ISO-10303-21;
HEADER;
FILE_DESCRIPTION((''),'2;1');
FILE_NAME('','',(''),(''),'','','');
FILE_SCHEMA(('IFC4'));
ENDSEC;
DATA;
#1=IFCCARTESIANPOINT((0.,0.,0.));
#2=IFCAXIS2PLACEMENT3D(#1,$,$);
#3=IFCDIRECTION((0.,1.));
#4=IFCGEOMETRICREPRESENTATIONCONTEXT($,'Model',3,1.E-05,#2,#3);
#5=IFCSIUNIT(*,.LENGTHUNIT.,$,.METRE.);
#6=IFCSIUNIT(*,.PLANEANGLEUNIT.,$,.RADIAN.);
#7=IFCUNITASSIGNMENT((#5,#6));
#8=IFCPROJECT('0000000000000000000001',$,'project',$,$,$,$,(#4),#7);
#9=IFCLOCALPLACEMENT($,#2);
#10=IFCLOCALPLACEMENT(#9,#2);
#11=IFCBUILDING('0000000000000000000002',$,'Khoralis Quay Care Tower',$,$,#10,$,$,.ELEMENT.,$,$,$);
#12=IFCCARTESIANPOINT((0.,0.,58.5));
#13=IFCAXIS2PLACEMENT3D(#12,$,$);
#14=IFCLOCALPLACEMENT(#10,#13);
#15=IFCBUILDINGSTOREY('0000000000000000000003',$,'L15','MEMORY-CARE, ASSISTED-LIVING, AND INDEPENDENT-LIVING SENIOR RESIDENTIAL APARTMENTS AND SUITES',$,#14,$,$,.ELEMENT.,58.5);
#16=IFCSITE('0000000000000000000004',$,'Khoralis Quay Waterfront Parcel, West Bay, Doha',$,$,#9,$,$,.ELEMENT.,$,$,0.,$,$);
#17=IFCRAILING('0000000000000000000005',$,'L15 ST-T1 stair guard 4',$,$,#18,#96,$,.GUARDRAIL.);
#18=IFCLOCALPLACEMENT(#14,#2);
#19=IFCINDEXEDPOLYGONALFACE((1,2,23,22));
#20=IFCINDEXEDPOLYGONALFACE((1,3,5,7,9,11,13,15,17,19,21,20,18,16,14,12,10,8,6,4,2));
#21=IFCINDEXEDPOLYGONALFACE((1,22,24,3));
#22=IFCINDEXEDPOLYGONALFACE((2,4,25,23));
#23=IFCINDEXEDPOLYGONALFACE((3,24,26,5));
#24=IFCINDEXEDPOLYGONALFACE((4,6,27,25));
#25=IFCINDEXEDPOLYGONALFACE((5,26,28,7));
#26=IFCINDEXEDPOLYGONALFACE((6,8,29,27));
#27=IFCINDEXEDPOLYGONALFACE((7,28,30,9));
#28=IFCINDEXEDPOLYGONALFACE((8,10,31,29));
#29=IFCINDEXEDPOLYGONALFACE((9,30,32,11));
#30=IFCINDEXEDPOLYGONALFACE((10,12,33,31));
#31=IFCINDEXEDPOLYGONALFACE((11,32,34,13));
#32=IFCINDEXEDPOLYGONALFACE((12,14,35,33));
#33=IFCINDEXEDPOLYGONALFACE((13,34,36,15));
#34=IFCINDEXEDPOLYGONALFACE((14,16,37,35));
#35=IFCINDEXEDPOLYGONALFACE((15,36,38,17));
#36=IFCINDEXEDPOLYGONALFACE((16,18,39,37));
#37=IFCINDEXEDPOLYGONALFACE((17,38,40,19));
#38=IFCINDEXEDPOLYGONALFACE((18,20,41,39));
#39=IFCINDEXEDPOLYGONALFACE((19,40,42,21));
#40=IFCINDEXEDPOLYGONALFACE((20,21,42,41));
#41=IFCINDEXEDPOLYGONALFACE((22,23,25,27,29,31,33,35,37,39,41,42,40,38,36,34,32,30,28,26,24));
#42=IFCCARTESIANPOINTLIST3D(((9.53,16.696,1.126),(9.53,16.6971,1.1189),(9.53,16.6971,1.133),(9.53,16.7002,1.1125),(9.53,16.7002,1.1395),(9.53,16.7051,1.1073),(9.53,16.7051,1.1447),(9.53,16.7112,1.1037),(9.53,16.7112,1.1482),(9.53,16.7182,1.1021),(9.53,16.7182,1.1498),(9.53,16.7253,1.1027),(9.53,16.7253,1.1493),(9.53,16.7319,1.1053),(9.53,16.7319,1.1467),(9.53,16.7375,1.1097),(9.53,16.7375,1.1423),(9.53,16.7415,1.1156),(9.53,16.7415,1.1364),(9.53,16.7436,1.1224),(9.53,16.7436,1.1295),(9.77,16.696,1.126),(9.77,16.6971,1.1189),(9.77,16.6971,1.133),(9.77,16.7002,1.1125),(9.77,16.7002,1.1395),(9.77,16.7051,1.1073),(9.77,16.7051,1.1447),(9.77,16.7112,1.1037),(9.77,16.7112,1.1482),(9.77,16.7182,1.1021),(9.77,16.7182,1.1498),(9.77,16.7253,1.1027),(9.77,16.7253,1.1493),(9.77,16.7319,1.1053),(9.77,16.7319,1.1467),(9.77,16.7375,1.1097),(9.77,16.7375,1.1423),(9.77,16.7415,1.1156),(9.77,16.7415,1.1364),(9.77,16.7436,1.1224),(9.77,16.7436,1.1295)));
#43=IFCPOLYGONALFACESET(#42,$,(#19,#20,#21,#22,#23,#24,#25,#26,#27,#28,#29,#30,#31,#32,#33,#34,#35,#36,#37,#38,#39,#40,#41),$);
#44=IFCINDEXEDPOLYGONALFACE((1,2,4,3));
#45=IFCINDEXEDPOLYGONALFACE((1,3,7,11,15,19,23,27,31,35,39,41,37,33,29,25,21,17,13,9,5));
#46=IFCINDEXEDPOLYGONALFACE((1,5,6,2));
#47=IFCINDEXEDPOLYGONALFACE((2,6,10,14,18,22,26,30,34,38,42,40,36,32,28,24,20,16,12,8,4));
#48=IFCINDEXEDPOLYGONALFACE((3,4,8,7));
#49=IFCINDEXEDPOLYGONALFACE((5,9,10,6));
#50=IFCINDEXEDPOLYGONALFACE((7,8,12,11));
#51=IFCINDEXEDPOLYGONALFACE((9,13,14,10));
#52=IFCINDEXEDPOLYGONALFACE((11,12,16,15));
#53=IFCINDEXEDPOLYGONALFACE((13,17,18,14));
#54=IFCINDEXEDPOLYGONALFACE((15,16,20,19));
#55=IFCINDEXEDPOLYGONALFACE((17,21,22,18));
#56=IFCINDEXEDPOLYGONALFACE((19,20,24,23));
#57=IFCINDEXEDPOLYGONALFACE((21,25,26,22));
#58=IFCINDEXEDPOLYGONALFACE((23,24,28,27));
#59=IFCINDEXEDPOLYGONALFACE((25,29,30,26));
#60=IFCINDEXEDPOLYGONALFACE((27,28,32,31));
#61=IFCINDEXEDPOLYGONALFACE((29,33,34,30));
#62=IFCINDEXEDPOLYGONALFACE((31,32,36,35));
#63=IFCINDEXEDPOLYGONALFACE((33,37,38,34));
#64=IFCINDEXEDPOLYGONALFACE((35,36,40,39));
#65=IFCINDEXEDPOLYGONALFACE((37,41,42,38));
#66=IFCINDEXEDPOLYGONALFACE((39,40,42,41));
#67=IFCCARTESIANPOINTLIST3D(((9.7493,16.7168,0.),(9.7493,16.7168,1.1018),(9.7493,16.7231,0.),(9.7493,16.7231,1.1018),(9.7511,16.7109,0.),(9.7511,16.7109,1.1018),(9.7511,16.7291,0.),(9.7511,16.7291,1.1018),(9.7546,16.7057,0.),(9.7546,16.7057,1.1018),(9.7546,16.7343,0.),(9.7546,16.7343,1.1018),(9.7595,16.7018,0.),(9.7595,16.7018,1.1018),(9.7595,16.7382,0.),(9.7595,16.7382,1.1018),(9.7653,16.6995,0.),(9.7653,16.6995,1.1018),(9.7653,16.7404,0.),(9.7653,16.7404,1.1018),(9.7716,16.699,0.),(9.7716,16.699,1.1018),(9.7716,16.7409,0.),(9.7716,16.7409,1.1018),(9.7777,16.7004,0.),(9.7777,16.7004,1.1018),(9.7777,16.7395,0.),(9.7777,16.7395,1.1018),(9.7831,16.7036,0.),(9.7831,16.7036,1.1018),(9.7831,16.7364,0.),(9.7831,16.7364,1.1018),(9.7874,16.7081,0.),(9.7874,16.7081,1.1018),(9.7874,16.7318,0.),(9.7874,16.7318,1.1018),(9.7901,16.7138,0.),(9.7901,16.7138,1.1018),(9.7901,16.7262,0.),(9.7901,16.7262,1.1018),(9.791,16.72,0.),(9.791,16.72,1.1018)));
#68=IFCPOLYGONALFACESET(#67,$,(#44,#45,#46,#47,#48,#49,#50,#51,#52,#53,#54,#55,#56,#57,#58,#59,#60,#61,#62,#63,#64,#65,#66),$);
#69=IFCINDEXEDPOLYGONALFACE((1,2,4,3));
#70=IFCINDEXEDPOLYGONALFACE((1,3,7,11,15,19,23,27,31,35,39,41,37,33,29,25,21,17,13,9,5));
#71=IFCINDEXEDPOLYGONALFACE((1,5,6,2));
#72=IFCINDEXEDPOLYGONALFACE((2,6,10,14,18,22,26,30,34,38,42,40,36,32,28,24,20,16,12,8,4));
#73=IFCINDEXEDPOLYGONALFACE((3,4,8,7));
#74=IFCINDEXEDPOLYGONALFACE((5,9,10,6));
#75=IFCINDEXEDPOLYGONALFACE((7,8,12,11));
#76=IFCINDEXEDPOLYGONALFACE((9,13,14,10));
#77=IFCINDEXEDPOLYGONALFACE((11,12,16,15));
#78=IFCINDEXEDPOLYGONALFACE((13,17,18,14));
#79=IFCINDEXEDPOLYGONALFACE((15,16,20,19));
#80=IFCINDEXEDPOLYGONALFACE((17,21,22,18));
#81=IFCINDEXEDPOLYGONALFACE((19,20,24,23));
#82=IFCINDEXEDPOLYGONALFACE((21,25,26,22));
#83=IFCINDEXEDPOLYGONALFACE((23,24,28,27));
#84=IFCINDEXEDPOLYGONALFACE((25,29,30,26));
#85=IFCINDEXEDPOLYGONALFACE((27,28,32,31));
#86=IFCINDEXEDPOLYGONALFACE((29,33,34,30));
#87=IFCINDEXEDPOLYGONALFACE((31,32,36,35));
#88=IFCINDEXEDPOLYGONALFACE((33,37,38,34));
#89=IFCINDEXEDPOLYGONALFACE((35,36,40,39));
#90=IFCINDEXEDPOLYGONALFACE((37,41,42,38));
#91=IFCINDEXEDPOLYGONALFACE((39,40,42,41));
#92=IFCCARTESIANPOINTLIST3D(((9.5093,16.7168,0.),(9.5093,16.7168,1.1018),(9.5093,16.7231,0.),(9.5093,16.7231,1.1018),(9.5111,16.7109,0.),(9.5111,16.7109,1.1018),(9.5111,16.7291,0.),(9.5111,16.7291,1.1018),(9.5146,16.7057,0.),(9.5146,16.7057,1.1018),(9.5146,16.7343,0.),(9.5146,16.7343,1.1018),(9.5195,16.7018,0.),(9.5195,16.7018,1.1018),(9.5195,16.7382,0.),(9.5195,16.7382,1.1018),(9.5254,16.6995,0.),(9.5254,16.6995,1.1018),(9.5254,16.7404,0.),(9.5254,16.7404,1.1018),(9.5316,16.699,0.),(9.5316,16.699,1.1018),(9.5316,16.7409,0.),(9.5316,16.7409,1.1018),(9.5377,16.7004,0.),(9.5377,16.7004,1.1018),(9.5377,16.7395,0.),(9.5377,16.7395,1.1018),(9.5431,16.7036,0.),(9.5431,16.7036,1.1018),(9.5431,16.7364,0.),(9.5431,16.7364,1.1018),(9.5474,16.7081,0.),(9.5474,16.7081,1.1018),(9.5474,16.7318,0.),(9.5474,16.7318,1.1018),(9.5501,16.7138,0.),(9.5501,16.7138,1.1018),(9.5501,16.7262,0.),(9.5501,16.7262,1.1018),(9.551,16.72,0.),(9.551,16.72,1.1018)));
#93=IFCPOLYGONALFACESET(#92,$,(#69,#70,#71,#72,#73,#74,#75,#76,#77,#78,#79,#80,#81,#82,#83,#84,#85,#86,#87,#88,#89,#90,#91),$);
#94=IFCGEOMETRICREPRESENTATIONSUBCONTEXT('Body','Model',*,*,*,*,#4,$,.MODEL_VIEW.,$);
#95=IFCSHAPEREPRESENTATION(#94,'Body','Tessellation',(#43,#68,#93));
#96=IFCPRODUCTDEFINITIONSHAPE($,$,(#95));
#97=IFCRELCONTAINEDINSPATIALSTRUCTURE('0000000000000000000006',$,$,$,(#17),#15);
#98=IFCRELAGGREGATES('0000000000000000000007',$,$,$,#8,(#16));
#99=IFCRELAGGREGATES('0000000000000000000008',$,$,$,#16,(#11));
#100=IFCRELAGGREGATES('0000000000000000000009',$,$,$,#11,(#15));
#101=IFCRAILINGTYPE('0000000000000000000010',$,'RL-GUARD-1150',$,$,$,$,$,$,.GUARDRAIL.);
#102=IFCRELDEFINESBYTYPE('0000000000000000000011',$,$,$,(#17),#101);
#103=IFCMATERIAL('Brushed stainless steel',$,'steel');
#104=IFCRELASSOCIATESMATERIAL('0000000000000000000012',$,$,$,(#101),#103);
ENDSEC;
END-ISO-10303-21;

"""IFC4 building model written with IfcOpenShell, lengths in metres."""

from ifc_helpers import new_model, si_unit, direction, frame, origin, origin_2d, place, context, subcontext, project, spatial, circle, extrude, material, type_object, element, save


model = new_model("IFC4")

# Units and contexts
model_context = context("Model", 3, precision=1e-05, world=origin(), true_north=direction((0.0, 1.0)))
body_context = subcontext(model_context, "Body", "Model", "MODEL_VIEW")
ifc_project = project(units=[si_unit("LENGTHUNIT", "METRE"), si_unit("PLANEANGLEUNIT", "RADIAN")], contexts=[model_context])

# Site, building, storey
site_placement = place(None, origin())
site = spatial("IfcSite", under=ifc_project, at=site_placement, Name="Khoralis Quay Waterfront Parcel, West Bay, Doha", CompositionType="ELEMENT", RefElevation=0.0)
building_placement = place(site_placement, origin())
building = spatial("IfcBuilding", under=site, at=building_placement, Name="Khoralis Quay Care Tower", CompositionType="ELEMENT")
storey_placement = place(building_placement, frame((0.0, 0.0, 58.5)))
storey = spatial("IfcBuildingStorey", under=building, at=storey_placement, Name="L15", Description="MEMORY-CARE, ASSISTED-LIVING, AND INDEPENDENT-LIVING SENIOR RESIDENTIAL APARTMENTS AND SUITES", CompositionType="ELEMENT", Elevation=58.5)

# Shared definitions
ifc_material_1 = material(Name="Brushed stainless steel", Category="steel")

# Railing
railing_type_1 = type_object("IfcRailingType", Name="RL-GUARD-1150", PredefinedType="GUARDRAIL", material=ifc_material_1)
railing_1_placement = place(storey_placement, frame((9.77, 16.72, 0.0)))
element("IfcRailing", 1, at=railing_1_placement, inside=storey, type_object=railing_type_1, Name="L15 ST-T1 stair guard 4", PredefinedType="GUARDRAIL", context=body_context, shape_type="SweptSolid", body=[
    extrude(circle(Radius=0.0239, at=origin_2d()), frame((0.0, 0.0, 1.126), z_axis=(-1.0, 0.0, 0.0), x_axis=(0.0, -1.0, 0.0)), (0.0, 0.0, 1.0), 0.24),
    extrude(circle(Radius=0.021, at=origin_2d()), origin(), (0.0, 0.0, 1.0), 1.1018),
    extrude(circle(Radius=0.021, at=origin_2d()), frame((-0.24, 0.0, 0.0)), (0.0, 0.0, 1.0), 1.1018),
])

save(model, "model.ifc")
